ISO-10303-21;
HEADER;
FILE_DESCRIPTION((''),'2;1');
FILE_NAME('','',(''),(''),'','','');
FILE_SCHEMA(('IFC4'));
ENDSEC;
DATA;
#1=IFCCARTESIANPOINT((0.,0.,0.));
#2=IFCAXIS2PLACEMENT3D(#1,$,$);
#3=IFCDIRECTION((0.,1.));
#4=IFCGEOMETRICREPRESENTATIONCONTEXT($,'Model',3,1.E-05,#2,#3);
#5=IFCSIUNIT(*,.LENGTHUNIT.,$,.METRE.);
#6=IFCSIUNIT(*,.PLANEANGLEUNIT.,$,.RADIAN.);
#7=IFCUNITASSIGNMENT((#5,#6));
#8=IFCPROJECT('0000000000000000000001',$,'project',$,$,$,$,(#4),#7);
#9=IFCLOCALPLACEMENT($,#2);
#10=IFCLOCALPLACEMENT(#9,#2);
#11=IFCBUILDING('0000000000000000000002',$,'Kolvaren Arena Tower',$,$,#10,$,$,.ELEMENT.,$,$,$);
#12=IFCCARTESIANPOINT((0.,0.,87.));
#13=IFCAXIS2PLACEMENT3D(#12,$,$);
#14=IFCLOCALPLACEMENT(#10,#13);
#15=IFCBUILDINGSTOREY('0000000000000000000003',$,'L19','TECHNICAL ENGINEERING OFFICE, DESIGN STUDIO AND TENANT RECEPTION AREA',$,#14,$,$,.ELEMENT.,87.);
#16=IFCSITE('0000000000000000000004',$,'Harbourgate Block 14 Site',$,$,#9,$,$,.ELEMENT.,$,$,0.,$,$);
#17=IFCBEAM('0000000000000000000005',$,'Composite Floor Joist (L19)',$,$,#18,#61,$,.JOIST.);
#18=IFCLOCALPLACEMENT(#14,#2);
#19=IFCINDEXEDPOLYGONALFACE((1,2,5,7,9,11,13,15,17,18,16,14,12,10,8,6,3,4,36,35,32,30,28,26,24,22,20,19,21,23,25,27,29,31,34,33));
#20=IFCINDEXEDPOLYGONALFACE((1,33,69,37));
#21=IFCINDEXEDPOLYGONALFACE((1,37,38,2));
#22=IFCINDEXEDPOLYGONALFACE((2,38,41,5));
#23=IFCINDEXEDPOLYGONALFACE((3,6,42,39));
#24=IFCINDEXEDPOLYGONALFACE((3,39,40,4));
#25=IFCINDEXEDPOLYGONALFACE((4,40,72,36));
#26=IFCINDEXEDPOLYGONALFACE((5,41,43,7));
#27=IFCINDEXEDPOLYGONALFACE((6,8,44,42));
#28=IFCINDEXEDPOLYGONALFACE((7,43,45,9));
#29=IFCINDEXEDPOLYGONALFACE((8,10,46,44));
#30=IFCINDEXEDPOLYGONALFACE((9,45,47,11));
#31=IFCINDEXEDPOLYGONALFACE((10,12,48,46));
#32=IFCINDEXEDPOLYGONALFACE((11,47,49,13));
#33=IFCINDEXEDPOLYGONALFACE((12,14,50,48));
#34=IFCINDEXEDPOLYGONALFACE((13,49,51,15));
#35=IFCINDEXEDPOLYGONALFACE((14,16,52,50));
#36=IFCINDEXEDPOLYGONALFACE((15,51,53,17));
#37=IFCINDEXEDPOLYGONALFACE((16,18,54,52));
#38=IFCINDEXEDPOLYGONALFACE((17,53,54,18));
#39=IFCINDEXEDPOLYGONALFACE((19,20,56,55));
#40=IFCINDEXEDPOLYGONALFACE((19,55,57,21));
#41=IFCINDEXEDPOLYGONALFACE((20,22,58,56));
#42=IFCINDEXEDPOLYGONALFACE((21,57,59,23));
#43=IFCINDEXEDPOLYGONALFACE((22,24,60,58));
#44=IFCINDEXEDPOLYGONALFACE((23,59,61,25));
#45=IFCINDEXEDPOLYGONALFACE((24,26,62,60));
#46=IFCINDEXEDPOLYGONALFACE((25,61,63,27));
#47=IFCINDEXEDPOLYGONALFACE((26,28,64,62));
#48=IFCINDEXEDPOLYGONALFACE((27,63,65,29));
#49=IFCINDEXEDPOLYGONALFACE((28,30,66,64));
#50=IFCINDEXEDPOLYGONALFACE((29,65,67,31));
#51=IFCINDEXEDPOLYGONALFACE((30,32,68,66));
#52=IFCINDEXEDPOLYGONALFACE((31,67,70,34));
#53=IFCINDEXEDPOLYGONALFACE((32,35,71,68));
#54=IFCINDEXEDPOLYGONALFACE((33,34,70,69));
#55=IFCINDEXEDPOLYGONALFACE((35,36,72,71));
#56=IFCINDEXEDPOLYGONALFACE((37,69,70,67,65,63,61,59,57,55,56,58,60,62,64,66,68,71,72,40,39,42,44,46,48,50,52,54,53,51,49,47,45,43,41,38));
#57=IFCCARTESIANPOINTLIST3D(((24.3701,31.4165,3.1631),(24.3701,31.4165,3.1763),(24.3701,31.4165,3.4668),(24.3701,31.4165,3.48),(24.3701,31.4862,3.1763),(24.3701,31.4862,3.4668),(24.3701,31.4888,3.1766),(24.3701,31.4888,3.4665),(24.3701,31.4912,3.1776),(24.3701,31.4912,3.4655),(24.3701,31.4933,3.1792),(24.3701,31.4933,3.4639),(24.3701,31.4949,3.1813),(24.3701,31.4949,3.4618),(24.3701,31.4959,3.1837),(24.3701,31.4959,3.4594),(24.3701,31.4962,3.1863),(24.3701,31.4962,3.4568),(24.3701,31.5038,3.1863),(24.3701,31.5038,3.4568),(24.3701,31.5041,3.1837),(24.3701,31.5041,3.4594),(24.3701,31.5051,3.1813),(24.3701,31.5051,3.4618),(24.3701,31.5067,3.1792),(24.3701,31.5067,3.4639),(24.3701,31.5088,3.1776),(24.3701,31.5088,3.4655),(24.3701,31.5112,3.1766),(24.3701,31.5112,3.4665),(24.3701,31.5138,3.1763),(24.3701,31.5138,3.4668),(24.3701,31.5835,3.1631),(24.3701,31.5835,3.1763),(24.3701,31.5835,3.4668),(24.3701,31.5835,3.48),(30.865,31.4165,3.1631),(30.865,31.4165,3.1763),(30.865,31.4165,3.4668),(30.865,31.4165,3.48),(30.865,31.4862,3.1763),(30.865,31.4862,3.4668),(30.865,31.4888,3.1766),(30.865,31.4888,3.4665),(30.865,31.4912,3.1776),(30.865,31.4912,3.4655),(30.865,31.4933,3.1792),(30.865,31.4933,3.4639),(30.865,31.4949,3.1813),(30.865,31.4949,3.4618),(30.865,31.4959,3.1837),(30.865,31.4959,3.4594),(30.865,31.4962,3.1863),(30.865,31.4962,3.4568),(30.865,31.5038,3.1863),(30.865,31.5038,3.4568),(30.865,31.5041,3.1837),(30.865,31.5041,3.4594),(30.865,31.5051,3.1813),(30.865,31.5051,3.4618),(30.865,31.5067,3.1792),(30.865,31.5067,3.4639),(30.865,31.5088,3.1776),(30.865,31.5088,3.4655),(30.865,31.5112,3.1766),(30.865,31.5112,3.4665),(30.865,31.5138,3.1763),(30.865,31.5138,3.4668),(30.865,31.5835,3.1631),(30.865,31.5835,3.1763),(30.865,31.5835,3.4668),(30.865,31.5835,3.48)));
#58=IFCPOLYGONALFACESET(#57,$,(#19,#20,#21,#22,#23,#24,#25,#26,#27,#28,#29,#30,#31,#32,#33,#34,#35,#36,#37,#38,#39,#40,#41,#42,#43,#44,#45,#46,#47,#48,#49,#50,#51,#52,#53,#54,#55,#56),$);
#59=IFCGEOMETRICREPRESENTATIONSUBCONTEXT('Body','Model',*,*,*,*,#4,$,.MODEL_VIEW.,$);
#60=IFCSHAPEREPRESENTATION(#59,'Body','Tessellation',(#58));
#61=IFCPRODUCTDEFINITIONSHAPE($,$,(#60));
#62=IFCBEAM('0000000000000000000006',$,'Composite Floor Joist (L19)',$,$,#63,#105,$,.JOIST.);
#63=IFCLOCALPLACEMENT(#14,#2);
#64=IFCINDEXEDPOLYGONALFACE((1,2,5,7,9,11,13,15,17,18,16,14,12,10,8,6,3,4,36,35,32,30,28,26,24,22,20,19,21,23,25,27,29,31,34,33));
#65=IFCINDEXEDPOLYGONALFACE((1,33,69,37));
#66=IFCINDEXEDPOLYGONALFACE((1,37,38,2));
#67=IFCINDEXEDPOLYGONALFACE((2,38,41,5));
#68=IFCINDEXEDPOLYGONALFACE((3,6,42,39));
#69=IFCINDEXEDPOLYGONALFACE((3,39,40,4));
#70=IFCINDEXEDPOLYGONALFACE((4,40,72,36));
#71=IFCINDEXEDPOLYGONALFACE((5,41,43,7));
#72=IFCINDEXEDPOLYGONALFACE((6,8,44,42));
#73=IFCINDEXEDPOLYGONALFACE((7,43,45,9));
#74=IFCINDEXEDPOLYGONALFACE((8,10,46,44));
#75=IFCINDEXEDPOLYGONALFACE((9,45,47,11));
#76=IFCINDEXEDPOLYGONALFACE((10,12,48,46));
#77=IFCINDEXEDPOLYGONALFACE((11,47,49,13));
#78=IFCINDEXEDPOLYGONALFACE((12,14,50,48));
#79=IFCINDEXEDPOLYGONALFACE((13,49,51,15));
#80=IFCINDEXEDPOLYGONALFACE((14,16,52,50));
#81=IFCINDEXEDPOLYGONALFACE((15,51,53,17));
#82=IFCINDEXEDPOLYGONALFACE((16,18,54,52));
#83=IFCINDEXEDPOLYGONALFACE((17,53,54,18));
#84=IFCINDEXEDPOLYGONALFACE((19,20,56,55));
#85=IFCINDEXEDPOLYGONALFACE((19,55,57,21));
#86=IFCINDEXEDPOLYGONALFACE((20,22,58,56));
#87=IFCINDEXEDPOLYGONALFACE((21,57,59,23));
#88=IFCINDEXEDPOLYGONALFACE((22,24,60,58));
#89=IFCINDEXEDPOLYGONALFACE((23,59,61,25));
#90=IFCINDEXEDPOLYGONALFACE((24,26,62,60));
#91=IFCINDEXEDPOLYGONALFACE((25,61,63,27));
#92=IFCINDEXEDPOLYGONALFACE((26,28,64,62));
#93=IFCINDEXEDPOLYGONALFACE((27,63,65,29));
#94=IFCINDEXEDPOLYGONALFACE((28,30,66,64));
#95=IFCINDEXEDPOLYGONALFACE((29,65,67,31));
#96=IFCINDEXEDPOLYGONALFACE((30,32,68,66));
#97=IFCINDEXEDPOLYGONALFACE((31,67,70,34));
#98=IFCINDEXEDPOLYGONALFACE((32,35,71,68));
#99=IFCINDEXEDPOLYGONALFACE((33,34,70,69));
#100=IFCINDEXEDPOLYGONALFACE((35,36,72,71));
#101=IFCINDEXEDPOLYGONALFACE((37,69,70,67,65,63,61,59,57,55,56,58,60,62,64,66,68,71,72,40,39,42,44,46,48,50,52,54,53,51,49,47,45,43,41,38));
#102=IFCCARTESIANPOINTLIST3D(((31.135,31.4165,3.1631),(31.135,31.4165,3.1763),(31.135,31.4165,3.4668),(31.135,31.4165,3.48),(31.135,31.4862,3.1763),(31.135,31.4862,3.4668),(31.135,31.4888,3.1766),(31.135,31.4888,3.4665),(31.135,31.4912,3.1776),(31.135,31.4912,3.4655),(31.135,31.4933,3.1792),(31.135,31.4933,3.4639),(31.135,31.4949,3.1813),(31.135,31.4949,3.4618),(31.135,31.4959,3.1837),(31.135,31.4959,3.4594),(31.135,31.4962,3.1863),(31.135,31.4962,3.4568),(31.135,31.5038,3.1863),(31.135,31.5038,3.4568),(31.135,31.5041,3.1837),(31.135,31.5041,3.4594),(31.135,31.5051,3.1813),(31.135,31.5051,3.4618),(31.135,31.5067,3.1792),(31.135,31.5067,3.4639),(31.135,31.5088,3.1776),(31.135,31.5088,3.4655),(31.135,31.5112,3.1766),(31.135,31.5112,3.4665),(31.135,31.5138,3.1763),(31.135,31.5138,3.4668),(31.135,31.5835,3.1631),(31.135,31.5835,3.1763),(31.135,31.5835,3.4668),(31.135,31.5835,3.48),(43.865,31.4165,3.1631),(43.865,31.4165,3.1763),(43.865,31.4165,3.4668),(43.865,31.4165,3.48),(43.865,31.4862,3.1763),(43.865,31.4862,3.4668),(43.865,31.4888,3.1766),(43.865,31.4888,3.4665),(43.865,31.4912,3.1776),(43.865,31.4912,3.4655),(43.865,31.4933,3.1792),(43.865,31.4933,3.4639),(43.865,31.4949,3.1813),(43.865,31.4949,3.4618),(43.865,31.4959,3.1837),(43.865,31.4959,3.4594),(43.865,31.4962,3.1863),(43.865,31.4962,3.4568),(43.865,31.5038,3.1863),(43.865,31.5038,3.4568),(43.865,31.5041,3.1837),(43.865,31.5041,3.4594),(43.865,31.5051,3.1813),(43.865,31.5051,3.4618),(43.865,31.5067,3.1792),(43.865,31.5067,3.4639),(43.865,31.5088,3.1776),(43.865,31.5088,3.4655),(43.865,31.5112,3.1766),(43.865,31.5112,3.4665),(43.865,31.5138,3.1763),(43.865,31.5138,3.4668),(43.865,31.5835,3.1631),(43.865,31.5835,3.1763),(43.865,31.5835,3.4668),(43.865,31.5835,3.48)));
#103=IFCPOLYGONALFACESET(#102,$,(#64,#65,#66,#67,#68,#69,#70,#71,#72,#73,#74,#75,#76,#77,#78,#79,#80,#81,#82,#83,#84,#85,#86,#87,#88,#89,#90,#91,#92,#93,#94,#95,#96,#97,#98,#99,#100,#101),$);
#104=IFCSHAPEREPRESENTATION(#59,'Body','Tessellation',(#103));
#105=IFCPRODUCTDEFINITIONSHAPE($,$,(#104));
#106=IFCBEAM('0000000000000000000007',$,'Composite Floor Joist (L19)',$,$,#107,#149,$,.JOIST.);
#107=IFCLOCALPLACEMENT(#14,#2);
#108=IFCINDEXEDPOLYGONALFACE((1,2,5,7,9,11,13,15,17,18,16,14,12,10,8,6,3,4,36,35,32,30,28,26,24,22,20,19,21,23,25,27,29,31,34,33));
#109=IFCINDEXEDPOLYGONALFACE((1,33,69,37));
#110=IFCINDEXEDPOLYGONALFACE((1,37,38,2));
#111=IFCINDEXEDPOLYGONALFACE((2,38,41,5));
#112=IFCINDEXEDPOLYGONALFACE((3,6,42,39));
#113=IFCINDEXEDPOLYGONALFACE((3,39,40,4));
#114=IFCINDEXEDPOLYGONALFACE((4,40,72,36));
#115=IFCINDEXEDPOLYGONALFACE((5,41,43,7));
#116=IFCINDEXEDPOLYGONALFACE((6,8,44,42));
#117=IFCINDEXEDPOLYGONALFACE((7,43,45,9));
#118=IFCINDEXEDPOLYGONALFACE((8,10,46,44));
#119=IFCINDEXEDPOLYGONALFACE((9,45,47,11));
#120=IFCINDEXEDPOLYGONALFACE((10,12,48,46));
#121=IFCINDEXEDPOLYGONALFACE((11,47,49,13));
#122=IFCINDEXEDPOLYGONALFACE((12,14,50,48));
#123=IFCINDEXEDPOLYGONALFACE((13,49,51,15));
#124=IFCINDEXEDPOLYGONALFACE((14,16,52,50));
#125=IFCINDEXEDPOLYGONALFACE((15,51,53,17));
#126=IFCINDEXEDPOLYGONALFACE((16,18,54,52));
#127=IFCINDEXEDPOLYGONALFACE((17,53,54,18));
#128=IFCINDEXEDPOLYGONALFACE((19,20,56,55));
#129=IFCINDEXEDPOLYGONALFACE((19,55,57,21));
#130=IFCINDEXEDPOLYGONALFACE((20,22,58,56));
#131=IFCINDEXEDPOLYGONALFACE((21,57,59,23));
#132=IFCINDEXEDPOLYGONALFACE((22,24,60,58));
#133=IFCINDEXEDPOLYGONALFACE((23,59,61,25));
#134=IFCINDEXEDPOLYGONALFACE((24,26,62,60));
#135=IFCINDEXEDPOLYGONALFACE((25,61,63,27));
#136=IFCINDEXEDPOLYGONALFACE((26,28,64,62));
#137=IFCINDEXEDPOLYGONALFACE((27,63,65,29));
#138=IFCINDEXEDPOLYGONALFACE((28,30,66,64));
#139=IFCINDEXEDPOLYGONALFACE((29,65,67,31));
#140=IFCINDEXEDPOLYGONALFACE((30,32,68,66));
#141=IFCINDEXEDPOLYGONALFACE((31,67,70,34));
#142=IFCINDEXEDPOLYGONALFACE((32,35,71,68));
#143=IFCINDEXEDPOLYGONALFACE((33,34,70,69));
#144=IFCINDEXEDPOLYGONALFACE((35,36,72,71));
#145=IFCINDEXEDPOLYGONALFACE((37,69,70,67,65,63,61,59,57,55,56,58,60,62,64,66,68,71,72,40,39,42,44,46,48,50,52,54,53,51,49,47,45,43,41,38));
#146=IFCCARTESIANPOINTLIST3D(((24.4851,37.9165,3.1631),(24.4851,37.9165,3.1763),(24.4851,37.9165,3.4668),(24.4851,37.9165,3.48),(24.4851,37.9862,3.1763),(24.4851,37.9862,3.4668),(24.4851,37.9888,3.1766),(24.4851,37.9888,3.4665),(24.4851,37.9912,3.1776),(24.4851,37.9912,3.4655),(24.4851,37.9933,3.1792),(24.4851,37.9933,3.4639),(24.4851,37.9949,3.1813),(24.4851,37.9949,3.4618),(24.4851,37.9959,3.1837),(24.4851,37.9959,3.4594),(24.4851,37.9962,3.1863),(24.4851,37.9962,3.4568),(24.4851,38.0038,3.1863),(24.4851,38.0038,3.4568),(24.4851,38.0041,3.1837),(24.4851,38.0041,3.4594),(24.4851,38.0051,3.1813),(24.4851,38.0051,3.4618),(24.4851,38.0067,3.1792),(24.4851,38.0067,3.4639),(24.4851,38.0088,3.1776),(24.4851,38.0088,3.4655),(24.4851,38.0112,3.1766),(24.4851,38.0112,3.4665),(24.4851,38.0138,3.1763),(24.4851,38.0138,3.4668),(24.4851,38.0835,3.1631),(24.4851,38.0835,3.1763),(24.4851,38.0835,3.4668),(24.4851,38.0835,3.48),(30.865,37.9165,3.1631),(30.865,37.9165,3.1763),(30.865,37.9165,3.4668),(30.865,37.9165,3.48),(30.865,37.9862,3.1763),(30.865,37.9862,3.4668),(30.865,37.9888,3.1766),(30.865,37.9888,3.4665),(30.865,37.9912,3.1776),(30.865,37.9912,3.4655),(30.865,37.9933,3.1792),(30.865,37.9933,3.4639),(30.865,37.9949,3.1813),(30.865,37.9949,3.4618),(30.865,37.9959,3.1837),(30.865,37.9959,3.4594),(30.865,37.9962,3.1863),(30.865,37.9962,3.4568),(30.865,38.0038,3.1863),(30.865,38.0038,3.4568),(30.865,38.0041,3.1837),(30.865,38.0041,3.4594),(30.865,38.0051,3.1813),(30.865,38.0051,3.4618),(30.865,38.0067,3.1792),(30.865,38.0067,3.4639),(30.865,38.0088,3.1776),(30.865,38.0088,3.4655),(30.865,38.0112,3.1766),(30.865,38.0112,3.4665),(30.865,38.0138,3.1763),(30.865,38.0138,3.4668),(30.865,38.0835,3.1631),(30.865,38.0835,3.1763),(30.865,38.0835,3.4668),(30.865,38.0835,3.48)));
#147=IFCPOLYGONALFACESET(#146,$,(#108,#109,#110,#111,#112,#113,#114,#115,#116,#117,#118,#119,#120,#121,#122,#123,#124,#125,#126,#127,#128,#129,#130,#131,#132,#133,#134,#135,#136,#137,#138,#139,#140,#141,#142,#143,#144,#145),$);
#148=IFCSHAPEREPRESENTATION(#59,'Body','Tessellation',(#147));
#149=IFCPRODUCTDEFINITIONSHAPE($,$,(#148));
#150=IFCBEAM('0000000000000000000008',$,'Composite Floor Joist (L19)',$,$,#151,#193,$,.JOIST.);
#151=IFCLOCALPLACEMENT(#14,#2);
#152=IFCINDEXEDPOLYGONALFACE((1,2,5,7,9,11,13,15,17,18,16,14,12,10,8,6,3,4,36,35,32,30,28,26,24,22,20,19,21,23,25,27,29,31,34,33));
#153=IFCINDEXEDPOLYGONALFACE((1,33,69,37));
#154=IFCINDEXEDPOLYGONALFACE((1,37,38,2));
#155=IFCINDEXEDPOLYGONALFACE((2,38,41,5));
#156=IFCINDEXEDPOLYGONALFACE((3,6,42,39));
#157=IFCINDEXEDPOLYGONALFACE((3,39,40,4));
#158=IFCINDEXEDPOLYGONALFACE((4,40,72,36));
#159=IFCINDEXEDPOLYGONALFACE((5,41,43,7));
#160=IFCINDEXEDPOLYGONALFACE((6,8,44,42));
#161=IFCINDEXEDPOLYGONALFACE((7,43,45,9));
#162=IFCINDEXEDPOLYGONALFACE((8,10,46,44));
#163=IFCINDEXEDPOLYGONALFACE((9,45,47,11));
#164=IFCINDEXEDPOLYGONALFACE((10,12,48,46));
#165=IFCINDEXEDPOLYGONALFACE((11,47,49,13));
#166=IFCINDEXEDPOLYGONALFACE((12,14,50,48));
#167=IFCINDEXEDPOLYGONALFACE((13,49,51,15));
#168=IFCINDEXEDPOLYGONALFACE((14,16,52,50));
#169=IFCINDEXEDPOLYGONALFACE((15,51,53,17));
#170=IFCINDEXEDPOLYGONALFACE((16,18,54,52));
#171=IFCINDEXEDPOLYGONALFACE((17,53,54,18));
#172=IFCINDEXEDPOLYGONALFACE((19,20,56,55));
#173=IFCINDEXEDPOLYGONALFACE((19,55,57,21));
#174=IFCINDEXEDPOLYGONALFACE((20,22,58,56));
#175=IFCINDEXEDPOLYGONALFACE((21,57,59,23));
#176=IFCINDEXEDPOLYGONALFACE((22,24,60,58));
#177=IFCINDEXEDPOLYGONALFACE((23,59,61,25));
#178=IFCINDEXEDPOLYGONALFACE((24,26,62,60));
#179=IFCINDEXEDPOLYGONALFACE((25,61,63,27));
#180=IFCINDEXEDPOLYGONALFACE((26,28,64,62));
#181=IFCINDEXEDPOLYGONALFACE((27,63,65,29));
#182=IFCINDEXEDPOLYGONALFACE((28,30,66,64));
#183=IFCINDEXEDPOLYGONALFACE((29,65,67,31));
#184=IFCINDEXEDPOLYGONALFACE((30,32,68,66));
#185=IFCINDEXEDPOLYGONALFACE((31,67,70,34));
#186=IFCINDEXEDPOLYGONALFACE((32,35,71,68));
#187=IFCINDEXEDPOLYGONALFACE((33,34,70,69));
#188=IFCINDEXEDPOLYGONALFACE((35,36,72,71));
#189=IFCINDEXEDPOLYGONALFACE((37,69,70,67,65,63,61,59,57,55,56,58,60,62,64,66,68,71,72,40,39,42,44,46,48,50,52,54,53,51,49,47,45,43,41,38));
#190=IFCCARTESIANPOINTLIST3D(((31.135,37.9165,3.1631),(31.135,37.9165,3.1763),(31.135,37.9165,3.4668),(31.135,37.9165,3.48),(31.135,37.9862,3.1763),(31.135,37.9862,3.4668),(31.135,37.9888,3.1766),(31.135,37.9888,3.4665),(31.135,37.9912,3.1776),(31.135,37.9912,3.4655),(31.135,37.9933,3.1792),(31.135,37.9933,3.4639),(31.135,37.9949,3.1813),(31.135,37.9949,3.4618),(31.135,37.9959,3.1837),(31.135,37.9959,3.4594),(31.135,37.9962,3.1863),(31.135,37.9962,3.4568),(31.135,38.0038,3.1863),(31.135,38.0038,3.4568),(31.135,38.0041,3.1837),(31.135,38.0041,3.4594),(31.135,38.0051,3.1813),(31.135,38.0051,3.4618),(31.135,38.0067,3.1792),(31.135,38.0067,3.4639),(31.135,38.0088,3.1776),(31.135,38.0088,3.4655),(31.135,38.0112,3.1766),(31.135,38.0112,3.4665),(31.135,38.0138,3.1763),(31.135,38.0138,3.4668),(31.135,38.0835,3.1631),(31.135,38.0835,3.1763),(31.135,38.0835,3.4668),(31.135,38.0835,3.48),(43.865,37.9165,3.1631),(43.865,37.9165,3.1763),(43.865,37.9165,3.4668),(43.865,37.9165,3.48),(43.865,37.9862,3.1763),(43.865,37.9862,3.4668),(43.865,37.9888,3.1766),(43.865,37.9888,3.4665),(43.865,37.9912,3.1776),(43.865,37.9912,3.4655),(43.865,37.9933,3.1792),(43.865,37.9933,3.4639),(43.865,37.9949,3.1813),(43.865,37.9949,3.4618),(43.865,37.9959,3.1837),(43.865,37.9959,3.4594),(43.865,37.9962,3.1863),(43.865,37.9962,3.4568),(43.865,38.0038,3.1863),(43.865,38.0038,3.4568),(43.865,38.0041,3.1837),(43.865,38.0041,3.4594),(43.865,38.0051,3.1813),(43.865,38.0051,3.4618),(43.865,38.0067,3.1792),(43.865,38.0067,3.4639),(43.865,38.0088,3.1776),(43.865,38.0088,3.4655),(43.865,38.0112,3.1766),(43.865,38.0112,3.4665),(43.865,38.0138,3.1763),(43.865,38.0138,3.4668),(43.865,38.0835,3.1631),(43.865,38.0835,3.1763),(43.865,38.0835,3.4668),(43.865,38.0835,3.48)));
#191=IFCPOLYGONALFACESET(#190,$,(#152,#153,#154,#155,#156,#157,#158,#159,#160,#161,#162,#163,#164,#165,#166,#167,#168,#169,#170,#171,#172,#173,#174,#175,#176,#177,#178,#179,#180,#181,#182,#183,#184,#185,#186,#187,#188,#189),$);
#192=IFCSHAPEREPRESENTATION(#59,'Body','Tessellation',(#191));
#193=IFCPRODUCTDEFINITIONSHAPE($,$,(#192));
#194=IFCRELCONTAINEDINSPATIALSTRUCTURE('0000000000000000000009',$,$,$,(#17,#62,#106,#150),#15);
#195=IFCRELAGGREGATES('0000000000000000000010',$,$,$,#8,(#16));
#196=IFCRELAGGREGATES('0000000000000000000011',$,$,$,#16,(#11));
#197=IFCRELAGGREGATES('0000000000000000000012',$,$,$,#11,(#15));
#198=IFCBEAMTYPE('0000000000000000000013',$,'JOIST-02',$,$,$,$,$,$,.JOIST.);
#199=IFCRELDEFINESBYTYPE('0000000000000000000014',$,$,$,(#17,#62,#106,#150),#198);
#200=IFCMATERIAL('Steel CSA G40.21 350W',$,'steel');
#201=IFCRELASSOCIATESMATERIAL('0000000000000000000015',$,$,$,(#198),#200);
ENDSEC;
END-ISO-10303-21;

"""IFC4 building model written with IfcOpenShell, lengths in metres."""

from ifc_helpers import new_model, si_unit, direction, frame, origin, origin_2d, place, context, subcontext, project, spatial, i_section, extrude, material, material_profile, profile_set, type_object, element, save


model = new_model("IFC4")

# Units and contexts
model_context = context("Model", 3, precision=1e-05, world=origin(), true_north=direction((0.0, 1.0)))
body_context = subcontext(model_context, "Body", "Model", "MODEL_VIEW")
ifc_project = project(units=[si_unit("LENGTHUNIT", "METRE"), si_unit("PLANEANGLEUNIT", "RADIAN")], contexts=[model_context])

# Site, building, storey
site_placement = place(None, origin())
site = spatial("IfcSite", under=ifc_project, at=site_placement, Name="Harbourgate Block 14 Site", CompositionType="ELEMENT", RefElevation=0.0)
building_placement = place(site_placement, origin())
building = spatial("IfcBuilding", under=site, at=building_placement, Name="Kolvaren Arena Tower", CompositionType="ELEMENT")
storey_placement = place(building_placement, frame((0.0, 0.0, 87.0)))
storey = spatial("IfcBuildingStorey", under=building, at=storey_placement, Name="L19", Description="TECHNICAL ENGINEERING OFFICE, DESIGN STUDIO AND TENANT RECEPTION AREA", CompositionType="ELEMENT", Elevation=87.0)

# Beams
ifc_material_1 = material(Name="Steel CSA G40.21 350W", Category="steel")
ifc_material_profile_1 = material_profile(ifc_material_1, i_section(OverallWidth=0.167, OverallDepth=0.3169, WebThickness=0.0076, FlangeThickness=0.0132, FilletRadius=0.01, at=origin_2d()), Name="W310x52")
ifc_profile_set_1 = profile_set([ifc_material_profile_1], Name="Steel CSA G40.21 350W")
beam_type_1 = type_object("IfcBeamType", Name="JOIST-02", PredefinedType="JOIST", material=ifc_profile_set_1)
beam_1_placement = place(storey_placement, frame((24.3701, 31.5, 3.3215), z_axis=(1.0, 0.0, 0.0), x_axis=(0.0, 1.0, 0.0)))
element("IfcBeam", 1, at=beam_1_placement, inside=storey, type_object=beam_type_1, Name="Composite Floor Joist (L19)", PredefinedType="JOIST", context=body_context, shape_type="SweptSolid", body=[
    extrude(i_section(OverallWidth=0.167, OverallDepth=0.3169, WebThickness=0.0076, FlangeThickness=0.0132, FilletRadius=0.01, at=origin_2d()), origin(), (0.0, 0.0, 1.0), 6.4949),
])
beam_2_placement = place(storey_placement, frame((31.135, 31.5, 3.3215), z_axis=(1.0, 0.0, 0.0), x_axis=(0.0, 1.0, 0.0)))
element("IfcBeam", 2, at=beam_2_placement, inside=storey, type_object=beam_type_1, Name="Composite Floor Joist (L19)", PredefinedType="JOIST", context=body_context, shape_type="SweptSolid", body=[
    extrude(i_section(OverallWidth=0.167, OverallDepth=0.3169, WebThickness=0.0076, FlangeThickness=0.0132, FilletRadius=0.01, at=origin_2d()), origin(), (0.0, 0.0, 1.0), 12.73),
])
beam_3_placement = place(storey_placement, frame((24.4851, 38.0, 3.3215), z_axis=(1.0, 0.0, 0.0), x_axis=(0.0, 1.0, 0.0)))
element("IfcBeam", 3, at=beam_3_placement, inside=storey, type_object=beam_type_1, Name="Composite Floor Joist (L19)", PredefinedType="JOIST", context=body_context, shape_type="SweptSolid", body=[
    extrude(i_section(OverallWidth=0.167, OverallDepth=0.3169, WebThickness=0.0076, FlangeThickness=0.0132, FilletRadius=0.01, at=origin_2d()), origin(), (0.0, 0.0, 1.0), 6.3799),
])
beam_4_placement = place(storey_placement, frame((31.135, 38.0, 3.3215), z_axis=(1.0, 0.0, 0.0), x_axis=(0.0, 1.0, 0.0)))
element("IfcBeam", 4, at=beam_4_placement, inside=storey, type_object=beam_type_1, Name="Composite Floor Joist (L19)", PredefinedType="JOIST", context=body_context, shape_type="SweptSolid", body=[
    extrude(i_section(OverallWidth=0.167, OverallDepth=0.3169, WebThickness=0.0076, FlangeThickness=0.0132, FilletRadius=0.01, at=origin_2d()), origin(), (0.0, 0.0, 1.0), 12.73),
])

save(model, "model.ifc")
